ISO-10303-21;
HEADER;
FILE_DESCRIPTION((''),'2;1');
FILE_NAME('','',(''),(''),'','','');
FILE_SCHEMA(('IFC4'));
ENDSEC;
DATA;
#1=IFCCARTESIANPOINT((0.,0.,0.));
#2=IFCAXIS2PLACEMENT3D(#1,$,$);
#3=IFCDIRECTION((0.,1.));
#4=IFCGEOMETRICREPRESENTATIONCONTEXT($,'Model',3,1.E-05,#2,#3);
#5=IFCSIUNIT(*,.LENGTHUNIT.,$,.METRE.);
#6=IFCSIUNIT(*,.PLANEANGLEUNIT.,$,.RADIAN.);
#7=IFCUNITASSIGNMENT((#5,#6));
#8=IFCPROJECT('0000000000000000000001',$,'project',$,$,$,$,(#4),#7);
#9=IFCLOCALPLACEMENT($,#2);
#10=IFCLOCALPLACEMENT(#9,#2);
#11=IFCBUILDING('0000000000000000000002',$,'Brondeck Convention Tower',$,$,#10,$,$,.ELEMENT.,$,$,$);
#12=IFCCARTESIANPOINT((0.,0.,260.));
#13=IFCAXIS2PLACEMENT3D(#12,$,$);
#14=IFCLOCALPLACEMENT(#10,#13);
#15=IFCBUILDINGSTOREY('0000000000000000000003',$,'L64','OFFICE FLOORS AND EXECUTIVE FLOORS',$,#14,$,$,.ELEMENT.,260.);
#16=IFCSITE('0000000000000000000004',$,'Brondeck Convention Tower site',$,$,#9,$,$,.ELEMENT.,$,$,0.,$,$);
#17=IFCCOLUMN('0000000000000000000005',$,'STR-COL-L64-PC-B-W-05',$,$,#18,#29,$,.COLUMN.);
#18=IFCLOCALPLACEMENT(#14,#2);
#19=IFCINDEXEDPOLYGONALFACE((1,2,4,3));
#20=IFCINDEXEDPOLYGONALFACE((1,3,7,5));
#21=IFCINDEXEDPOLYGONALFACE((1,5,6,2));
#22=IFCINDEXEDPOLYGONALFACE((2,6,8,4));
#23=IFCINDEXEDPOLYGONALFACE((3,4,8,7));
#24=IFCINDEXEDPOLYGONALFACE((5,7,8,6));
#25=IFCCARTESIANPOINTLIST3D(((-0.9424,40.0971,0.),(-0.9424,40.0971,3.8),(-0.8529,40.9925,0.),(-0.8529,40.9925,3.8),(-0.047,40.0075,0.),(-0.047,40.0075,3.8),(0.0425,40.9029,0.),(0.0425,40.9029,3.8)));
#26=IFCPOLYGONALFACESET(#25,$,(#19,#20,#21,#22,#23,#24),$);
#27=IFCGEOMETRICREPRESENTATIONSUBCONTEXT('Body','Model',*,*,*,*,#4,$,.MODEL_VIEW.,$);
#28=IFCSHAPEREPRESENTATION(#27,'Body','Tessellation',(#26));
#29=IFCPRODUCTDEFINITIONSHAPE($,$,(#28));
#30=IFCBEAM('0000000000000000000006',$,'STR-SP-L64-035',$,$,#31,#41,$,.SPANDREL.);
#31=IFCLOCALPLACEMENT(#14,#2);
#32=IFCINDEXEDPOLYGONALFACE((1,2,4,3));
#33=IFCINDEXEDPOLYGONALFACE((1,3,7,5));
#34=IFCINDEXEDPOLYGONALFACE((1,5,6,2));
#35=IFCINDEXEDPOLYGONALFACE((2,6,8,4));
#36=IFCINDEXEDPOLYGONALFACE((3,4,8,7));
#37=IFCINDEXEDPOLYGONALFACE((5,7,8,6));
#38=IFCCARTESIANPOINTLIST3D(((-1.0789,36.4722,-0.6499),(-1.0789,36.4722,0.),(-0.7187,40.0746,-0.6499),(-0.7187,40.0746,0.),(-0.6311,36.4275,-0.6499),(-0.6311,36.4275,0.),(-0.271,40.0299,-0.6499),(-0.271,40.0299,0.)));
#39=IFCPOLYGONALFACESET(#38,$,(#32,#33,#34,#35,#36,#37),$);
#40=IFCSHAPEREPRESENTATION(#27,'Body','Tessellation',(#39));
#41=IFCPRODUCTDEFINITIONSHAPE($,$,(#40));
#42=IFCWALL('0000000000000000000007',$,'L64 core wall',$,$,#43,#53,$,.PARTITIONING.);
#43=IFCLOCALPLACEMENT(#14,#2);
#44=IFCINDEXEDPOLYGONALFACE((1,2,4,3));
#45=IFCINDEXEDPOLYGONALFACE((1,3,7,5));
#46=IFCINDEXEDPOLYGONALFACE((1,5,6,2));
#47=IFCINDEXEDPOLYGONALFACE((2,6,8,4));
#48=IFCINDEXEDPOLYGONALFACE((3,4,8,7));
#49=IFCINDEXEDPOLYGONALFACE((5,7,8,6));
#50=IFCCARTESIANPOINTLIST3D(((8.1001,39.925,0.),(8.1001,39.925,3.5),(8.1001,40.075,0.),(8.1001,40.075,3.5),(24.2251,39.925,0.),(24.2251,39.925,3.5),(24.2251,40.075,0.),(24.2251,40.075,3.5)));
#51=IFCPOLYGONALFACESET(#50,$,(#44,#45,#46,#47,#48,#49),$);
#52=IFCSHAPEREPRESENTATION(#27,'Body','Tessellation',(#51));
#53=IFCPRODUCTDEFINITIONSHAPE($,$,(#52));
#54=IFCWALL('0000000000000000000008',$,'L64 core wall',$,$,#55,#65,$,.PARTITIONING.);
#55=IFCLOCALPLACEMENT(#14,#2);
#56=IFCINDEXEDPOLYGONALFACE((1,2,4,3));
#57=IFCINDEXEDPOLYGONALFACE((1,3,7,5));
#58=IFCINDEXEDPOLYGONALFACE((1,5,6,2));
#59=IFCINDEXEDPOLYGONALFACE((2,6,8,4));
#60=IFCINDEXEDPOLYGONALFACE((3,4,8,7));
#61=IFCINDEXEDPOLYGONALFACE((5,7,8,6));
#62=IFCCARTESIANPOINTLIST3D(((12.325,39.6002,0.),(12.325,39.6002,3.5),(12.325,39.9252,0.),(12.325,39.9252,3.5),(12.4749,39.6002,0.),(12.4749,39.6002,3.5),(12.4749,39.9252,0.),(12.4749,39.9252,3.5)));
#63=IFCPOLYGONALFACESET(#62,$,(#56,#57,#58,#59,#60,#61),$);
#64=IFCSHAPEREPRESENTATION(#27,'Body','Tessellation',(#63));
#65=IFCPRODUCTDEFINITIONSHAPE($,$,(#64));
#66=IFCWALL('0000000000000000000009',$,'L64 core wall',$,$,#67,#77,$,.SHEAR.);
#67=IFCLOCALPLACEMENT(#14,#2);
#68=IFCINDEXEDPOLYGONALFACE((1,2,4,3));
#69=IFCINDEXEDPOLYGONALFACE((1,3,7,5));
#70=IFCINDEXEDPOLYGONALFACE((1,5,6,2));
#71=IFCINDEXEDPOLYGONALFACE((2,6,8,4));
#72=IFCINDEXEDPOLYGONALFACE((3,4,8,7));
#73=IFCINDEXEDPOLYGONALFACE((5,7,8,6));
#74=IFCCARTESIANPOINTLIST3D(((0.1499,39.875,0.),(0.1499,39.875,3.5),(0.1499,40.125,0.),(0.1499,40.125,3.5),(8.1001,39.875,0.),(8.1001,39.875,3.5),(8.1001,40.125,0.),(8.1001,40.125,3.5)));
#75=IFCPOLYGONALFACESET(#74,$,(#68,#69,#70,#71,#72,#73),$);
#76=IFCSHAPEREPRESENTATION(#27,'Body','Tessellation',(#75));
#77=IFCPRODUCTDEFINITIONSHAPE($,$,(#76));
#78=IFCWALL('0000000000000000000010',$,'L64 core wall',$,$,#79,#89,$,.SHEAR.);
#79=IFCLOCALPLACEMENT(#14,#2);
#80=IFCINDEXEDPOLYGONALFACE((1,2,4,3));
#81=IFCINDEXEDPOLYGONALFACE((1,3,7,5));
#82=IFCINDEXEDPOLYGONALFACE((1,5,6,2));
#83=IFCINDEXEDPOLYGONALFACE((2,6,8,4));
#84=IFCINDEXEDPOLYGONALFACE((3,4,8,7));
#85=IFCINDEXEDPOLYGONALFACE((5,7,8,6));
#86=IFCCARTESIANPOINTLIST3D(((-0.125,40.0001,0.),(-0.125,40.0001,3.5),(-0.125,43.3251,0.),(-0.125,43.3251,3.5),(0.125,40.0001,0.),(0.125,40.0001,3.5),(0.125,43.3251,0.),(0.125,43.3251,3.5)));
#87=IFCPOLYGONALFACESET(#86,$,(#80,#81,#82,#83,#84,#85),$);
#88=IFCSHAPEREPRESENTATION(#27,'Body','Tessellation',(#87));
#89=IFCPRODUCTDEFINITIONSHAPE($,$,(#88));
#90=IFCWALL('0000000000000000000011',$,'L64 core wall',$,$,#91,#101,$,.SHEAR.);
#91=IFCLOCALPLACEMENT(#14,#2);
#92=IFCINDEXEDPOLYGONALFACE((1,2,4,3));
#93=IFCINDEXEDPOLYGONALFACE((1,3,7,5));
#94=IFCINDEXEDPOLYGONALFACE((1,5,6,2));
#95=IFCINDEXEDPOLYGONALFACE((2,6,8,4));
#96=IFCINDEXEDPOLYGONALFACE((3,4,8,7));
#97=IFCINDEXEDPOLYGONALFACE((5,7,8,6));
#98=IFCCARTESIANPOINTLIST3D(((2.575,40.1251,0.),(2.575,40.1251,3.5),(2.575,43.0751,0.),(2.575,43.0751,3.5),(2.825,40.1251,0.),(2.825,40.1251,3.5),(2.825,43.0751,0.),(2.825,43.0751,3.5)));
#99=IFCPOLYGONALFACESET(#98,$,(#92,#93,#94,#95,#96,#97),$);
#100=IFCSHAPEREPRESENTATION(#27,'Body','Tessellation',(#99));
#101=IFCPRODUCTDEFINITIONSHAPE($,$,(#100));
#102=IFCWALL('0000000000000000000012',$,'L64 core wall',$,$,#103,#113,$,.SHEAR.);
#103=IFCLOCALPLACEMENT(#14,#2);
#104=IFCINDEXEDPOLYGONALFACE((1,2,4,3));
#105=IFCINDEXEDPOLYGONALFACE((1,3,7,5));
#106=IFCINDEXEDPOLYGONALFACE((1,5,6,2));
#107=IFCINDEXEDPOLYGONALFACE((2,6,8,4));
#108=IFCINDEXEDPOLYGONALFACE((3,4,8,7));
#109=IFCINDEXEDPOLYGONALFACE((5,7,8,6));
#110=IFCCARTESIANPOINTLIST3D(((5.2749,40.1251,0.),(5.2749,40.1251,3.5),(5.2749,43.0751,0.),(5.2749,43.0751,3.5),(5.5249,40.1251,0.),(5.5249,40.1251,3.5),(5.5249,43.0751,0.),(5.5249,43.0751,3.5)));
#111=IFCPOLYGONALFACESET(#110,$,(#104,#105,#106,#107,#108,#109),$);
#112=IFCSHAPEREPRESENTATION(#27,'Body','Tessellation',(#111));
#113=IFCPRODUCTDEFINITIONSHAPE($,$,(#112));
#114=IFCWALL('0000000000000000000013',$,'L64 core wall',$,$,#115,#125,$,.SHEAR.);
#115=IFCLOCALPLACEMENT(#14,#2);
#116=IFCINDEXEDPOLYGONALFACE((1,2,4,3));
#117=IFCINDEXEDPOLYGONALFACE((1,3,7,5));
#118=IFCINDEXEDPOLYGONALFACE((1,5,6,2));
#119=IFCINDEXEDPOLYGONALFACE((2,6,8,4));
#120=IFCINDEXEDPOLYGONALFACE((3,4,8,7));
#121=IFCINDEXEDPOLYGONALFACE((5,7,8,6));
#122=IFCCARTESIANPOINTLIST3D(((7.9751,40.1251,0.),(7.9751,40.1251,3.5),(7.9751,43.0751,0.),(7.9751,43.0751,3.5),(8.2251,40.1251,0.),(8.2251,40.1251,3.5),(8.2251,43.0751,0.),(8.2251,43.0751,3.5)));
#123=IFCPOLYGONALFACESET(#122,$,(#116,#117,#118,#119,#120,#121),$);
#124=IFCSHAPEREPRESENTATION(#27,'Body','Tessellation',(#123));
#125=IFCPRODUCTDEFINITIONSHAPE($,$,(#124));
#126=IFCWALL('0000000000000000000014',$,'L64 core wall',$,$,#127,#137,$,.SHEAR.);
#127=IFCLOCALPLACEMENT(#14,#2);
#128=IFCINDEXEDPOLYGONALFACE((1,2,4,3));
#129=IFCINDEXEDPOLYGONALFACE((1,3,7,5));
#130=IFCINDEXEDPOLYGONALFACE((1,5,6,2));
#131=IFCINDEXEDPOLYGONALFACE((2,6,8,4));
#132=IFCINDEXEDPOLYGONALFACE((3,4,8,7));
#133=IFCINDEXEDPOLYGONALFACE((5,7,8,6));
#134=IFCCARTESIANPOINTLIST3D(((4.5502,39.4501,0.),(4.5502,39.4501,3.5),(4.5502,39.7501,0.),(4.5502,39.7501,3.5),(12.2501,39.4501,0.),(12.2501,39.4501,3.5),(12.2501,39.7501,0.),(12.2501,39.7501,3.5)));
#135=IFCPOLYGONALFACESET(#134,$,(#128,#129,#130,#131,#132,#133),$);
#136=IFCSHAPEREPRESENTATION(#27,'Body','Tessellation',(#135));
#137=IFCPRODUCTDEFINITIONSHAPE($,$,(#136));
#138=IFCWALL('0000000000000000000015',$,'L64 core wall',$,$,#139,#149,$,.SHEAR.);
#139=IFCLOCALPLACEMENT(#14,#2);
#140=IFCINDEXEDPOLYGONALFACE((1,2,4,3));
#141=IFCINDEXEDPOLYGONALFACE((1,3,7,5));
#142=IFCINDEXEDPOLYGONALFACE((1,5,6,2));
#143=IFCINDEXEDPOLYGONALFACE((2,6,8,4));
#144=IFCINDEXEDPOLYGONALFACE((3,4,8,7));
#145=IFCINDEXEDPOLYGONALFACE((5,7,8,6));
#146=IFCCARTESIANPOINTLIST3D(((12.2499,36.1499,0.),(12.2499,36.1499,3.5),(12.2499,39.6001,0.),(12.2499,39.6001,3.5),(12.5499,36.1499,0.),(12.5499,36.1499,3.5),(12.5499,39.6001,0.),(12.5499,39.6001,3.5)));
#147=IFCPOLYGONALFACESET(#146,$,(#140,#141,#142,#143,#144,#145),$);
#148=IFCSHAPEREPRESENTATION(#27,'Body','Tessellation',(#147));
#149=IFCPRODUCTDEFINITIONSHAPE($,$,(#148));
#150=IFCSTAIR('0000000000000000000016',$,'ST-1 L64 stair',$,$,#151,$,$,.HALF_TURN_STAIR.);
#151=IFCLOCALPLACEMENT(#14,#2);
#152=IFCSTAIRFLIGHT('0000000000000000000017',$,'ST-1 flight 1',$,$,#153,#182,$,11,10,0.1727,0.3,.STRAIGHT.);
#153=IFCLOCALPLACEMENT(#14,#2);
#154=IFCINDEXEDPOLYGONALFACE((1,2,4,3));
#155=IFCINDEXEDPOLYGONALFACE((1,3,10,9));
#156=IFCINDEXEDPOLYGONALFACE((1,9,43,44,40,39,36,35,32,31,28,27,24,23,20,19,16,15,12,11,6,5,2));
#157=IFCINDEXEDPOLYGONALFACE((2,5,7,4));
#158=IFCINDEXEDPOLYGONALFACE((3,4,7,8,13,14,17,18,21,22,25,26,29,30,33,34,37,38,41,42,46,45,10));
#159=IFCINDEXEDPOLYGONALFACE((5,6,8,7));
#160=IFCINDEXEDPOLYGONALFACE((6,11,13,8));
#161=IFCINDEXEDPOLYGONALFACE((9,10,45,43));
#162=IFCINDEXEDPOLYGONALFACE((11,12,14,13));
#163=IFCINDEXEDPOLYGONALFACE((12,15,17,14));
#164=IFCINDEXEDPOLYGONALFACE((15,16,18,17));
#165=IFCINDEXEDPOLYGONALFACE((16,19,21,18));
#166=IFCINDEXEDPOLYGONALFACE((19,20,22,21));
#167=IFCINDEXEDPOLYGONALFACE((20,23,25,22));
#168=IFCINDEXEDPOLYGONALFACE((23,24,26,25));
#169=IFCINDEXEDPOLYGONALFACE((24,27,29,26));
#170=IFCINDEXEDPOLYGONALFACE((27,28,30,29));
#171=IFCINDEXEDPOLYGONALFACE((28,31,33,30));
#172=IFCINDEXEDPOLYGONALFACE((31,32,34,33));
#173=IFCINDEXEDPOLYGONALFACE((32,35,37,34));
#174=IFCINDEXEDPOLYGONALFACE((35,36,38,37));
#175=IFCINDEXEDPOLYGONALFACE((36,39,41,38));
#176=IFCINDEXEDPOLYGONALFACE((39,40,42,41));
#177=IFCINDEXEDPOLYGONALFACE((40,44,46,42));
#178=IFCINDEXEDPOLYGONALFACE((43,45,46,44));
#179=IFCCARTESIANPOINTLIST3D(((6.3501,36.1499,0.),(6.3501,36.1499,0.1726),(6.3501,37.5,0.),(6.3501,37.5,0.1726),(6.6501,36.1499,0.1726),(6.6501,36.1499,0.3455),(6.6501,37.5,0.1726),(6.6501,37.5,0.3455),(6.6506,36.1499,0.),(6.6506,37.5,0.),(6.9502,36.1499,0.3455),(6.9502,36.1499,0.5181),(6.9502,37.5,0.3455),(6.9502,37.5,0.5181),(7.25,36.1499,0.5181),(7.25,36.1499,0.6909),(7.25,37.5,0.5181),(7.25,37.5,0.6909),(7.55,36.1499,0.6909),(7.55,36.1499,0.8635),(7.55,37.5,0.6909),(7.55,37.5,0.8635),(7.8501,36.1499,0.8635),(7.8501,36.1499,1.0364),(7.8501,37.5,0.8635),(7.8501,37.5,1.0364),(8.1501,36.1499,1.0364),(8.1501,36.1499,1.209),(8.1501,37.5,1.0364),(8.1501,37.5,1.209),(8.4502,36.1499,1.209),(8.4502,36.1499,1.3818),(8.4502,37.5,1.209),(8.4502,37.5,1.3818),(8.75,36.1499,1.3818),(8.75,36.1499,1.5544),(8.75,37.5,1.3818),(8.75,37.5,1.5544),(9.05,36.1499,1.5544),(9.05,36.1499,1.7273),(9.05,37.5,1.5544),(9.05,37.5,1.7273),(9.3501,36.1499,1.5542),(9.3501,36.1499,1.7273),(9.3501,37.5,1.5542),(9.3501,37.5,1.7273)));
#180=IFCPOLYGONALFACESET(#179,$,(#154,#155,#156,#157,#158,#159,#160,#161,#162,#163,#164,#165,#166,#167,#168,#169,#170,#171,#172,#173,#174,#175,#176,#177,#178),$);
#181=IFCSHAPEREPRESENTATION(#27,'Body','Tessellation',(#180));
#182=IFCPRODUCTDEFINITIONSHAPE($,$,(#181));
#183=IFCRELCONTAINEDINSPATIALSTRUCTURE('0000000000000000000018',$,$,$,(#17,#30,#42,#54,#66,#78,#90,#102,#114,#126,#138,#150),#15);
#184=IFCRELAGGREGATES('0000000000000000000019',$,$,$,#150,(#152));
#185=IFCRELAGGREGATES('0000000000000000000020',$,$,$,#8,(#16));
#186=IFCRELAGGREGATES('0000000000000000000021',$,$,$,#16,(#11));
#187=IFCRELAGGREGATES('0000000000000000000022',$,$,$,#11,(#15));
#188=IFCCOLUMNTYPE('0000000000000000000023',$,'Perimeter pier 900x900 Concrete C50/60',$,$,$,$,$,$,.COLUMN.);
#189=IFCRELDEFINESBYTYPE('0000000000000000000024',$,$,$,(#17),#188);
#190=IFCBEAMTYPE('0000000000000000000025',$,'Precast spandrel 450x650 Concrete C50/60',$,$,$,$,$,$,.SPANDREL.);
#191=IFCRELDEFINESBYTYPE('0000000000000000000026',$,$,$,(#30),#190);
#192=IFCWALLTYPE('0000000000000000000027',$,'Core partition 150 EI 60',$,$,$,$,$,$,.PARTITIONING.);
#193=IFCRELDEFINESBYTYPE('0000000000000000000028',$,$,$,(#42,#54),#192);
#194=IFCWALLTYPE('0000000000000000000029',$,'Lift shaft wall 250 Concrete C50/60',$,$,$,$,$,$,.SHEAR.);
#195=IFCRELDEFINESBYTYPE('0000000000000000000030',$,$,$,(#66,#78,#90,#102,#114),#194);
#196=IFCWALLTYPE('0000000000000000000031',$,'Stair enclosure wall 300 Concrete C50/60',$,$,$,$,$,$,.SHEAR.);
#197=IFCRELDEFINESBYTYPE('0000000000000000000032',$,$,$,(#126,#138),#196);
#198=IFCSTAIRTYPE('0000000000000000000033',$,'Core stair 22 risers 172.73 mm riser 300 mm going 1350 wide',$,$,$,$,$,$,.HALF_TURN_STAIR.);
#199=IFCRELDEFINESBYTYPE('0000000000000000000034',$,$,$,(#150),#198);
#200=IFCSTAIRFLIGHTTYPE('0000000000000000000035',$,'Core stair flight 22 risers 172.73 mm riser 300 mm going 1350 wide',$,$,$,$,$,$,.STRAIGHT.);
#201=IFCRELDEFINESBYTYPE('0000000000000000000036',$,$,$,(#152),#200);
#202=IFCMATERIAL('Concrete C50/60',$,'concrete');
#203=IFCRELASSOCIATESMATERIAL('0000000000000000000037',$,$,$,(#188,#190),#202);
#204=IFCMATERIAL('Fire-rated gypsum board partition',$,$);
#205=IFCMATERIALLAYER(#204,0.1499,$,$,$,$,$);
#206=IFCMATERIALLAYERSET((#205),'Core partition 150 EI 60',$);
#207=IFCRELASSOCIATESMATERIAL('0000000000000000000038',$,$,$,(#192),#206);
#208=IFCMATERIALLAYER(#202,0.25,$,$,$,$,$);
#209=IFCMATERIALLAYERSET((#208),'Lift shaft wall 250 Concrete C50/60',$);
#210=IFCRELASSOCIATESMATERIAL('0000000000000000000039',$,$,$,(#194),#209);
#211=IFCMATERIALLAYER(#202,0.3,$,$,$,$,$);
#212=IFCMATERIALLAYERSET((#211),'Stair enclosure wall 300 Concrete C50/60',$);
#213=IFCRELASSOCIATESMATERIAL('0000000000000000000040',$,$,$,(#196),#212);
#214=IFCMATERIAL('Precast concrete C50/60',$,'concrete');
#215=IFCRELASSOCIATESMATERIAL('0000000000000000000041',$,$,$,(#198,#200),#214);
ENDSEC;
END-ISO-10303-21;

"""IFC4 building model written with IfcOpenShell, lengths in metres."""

from ifc_helpers import new_model, si_unit, direction, frame, frame_2d, origin, origin_2d, place, context, subcontext, project, spatial, polyline, rectangle, outline, extrude, material, layer, layer_set, material_profile, profile_set, type_object, element, aggregate, save


model = new_model("IFC4")

# Units and contexts
model_context = context("Model", 3, precision=1e-05, world=origin(), true_north=direction((0.0, 1.0)))
body_context = subcontext(model_context, "Body", "Model", "MODEL_VIEW")
ifc_project = project(units=[si_unit("LENGTHUNIT", "METRE"), si_unit("PLANEANGLEUNIT", "RADIAN")], contexts=[model_context])

# Site, building, storey
site_placement = place(None, origin())
site = spatial("IfcSite", under=ifc_project, at=site_placement, Name="Brondeck Convention Tower site", CompositionType="ELEMENT", RefElevation=0.0)
building_placement = place(site_placement, origin())
building = spatial("IfcBuilding", under=site, at=building_placement, Name="Brondeck Convention Tower", CompositionType="ELEMENT")
storey_placement = place(building_placement, frame((0.0, 0.0, 260.0)))
storey = spatial("IfcBuildingStorey", under=building, at=storey_placement, Name="L64", Description="OFFICE FLOORS AND EXECUTIVE FLOORS", CompositionType="ELEMENT", Elevation=260.0)

# Column
ifc_material_1 = material(Name="Concrete C50/60", Category="concrete")
ifc_material_profile_1 = material_profile(ifc_material_1, rectangle(XDim=0.8999, YDim=0.8999, at=origin_2d()), Name="Perimeter pier 900x900 Concrete C50/60")
ifc_profile_set_1 = profile_set([ifc_material_profile_1], Name="Concrete C50/60")
column_type = type_object("IfcColumnType", Name="Perimeter pier 900x900 Concrete C50/60", PredefinedType="COLUMN", material=ifc_profile_set_1)
column_placement = place(storey_placement, frame((-0.45, 40.5, 0.0), z_axis=(0.0, 0.0, 1.0), x_axis=(-0.099504, -0.995037, 0.0)))
element("IfcColumn", 1, at=column_placement, inside=storey, type_object=column_type, Name="STR-COL-L64-PC-B-W-05", PredefinedType="COLUMN", context=body_context, shape_type="SweptSolid", body=[
    extrude(rectangle(XDim=0.8999, YDim=0.8999, at=origin_2d()), origin(), (0.0, 0.0, 1.0), 3.8),
])

# Beam
ifc_material_profile_2 = material_profile(ifc_material_1, rectangle(XDim=0.45, YDim=0.6499, at=origin_2d()), Name="Precast spandrel 450x650 Concrete C50/60")
ifc_profile_set_2 = profile_set([ifc_material_profile_2], Name="Concrete C50/60")
beam_type = type_object("IfcBeamType", Name="Precast spandrel 450x650 Concrete C50/60", PredefinedType="SPANDREL", material=ifc_profile_set_2)
beam_placement = place(storey_placement, frame((-0.4949, 40.0522, -0.325), z_axis=(-0.09947, -0.995041, 0.0), x_axis=(0.995041, -0.09947, 0.0)))
element("IfcBeam", 2, at=beam_placement, inside=storey, type_object=beam_type, Name="STR-SP-L64-035", PredefinedType="SPANDREL", context=body_context, shape_type="SweptSolid", body=[
    extrude(rectangle(XDim=0.45, YDim=0.6499, at=origin_2d()), origin(), (0.0, 0.0, 1.0), 3.6204),
])

# Walls
ifc_material_2 = material(Name="Fire-rated gypsum board partition")
ifc_layer_1 = layer(ifc_material_2, 0.1499)
ifc_layer_set_1 = layer_set([ifc_layer_1], Name="Core partition 150 EI 60")
wall_type_1 = type_object("IfcWallType", Name="Core partition 150 EI 60", PredefinedType="PARTITIONING", material=ifc_layer_set_1)
wall_1_placement = place(storey_placement, frame((8.1001, 40.0, 0.0), z_axis=(0.0, 0.0, 1.0), x_axis=(1.0, 0.0, 0.0)))
element("IfcWall", 3, at=wall_1_placement, inside=storey, type_object=wall_type_1, Name="L64 core wall", PredefinedType="PARTITIONING", context=body_context, shape_type="SweptSolid", body=[
    extrude(rectangle(XDim=16.125, YDim=0.1499, at=frame_2d((8.0625, 0.0))), origin(), (0.0, 0.0, 1.0), 3.5),
])
wall_2_placement = place(storey_placement, frame((12.3999, 39.6001, 0.0), z_axis=(0.0, 0.0, 1.0), x_axis=(0.0, 1.0, 0.0)))
element("IfcWall", 4, at=wall_2_placement, inside=storey, type_object=wall_type_1, Name="L64 core wall", PredefinedType="PARTITIONING", context=body_context, shape_type="SweptSolid", body=[
    extrude(rectangle(XDim=0.325, YDim=0.1499, at=frame_2d((0.1626, 0.0))), origin(), (0.0, 0.0, 1.0), 3.5),
])
ifc_layer_2 = layer(ifc_material_1, 0.25)
ifc_layer_set_2 = layer_set([ifc_layer_2], Name="Lift shaft wall 250 Concrete C50/60")
wall_type_2 = type_object("IfcWallType", Name="Lift shaft wall 250 Concrete C50/60", PredefinedType="SHEAR", material=ifc_layer_set_2)
wall_3_placement = place(storey_placement, frame((0.1499, 40.0, 0.0), z_axis=(0.0, 0.0, 1.0), x_axis=(1.0, 0.0, 0.0)))
element("IfcWall", 5, at=wall_3_placement, inside=storey, type_object=wall_type_2, Name="L64 core wall", PredefinedType="SHEAR", context=body_context, shape_type="SweptSolid", body=[
    extrude(rectangle(XDim=7.9502, YDim=0.25, at=frame_2d((3.9751, 0.0))), origin(), (0.0, 0.0, 1.0), 3.5),
])
wall_4_placement = place(storey_placement, frame((0.0, 40.0, 0.0), z_axis=(0.0, 0.0, 1.0), x_axis=(0.0, 1.0, 0.0)))
element("IfcWall", 6, at=wall_4_placement, inside=storey, type_object=wall_type_2, Name="L64 core wall", PredefinedType="SHEAR", context=body_context, shape_type="SweptSolid", body=[
    extrude(rectangle(XDim=3.325, YDim=0.25, at=frame_2d((1.6626, 0.0))), origin(), (0.0, 0.0, 1.0), 3.5),
])
for number, where, z_axis, x_axis, name in (
    (7, (2.7, 40.125, 0.0), (0.0, 0.0, 1.0), (0.0, 1.0, 0.0), "L64 core wall"),
    (8, (5.3999, 40.125, 0.0), (0.0, 0.0, 1.0), (0.0, 1.0, 0.0), "L64 core wall"),
    (9, (8.1001, 40.125, 0.0), (0.0, 0.0, 1.0), (0.0, 1.0, 0.0), "L64 core wall"),
):
    element("IfcWall", number, at=place(storey_placement, frame(where, z_axis=z_axis, x_axis=x_axis)), inside=storey, type_object=wall_type_2, Name=name, PredefinedType="SHEAR", context=body_context, shape_type="SweptSolid", body=[
        extrude(rectangle(XDim=2.95, YDim=0.25, at=frame_2d((1.4751, 0.0))), origin(), (0.0, 0.0, 1.0), 3.5),
    ])
ifc_layer_3 = layer(ifc_material_1, 0.3)
ifc_layer_set_3 = layer_set([ifc_layer_3], Name="Stair enclosure wall 300 Concrete C50/60")
wall_type_3 = type_object("IfcWallType", Name="Stair enclosure wall 300 Concrete C50/60", PredefinedType="SHEAR", material=ifc_layer_set_3)
wall_5_placement = place(storey_placement, frame((4.55, 39.6001, 0.0), z_axis=(0.0, 0.0, 1.0), x_axis=(1.0, 0.0, 0.0)))
element("IfcWall", 10, at=wall_5_placement, inside=storey, type_object=wall_type_3, Name="L64 core wall", PredefinedType="SHEAR", context=body_context, shape_type="SweptSolid", body=[
    extrude(rectangle(XDim=7.7, YDim=0.3, at=frame_2d((3.8501, 0.0))), origin(), (0.0, 0.0, 1.0), 3.5),
])
wall_6_placement = place(storey_placement, frame((12.3999, 36.1499, 0.0), z_axis=(0.0, 0.0, 1.0), x_axis=(0.0, 1.0, 0.0)))
element("IfcWall", 11, at=wall_6_placement, inside=storey, type_object=wall_type_3, Name="L64 core wall", PredefinedType="SHEAR", context=body_context, shape_type="SweptSolid", body=[
    extrude(rectangle(XDim=3.4502, YDim=0.3, at=frame_2d((1.7251, 0.0))), origin(), (0.0, 0.0, 1.0), 3.5),
])

# Stair, stair flight
ifc_material_3 = material(Name="Precast concrete C50/60", Category="concrete")
stair_type = type_object("IfcStairType", Name="Core stair 22 risers 172.73 mm riser 300 mm going 1350 wide", PredefinedType="HALF_TURN_STAIR", material=ifc_material_3)
stair_placement = place(storey_placement, origin())
stair = element("IfcStair", 12, at=stair_placement, inside=storey, type_object=stair_type, Name="ST-1 L64 stair", PredefinedType="HALF_TURN_STAIR")
stair_flight_type = type_object("IfcStairFlightType", Name="Core stair flight 22 risers 172.73 mm riser 300 mm going 1350 wide", PredefinedType="STRAIGHT", material=ifc_material_3)
stair_flight_1_placement = place(storey_placement, frame((6.3501, 36.825, 0.0), z_axis=(0.0, 0.0, 1.0), x_axis=(1.0, 0.0, 0.0)))
stair_flight_1 = element("IfcStairFlight", 13, at=stair_flight_1_placement, type_object=stair_flight_type, Name="ST-1 flight 1", NumberOfRisers=11, NumberOfTreads=10, PredefinedType="STRAIGHT", RiserHeight=0.1727, TreadLength=0.3, context=body_context, shape_type="SweptSolid", body=[
    extrude(outline(polyline([(0.0, 0.0), (0.0, 0.1726), (0.3, 0.1726), (0.3, 0.3455), (0.6001, 0.3455), (0.6001, 0.5181), (0.8999, 0.5181), (0.8999, 0.6909), (1.2, 0.6909), (1.2, 0.8635), (1.5, 0.8635), (1.5, 1.0364), (1.8, 1.0364), (1.8, 1.209), (2.1001, 1.209), (2.1001, 1.3818), (2.3999, 1.3818), (2.3999, 1.5544), (2.7, 1.5544), (2.7, 1.7273), (3.0, 1.7273), (3.0, 1.8999), (3.0, 1.5542), (0.3005, 0.0), (0.0, 0.0)])), frame((0.0, 0.675, 0.0), z_axis=(0.0, -1.0, 0.0), x_axis=(1.0, 0.0, 0.0)), (0.0, 0.0, 1.0), 1.3501),
])
aggregate(stair, [stair_flight_1])

save(model, "model.ifc")
